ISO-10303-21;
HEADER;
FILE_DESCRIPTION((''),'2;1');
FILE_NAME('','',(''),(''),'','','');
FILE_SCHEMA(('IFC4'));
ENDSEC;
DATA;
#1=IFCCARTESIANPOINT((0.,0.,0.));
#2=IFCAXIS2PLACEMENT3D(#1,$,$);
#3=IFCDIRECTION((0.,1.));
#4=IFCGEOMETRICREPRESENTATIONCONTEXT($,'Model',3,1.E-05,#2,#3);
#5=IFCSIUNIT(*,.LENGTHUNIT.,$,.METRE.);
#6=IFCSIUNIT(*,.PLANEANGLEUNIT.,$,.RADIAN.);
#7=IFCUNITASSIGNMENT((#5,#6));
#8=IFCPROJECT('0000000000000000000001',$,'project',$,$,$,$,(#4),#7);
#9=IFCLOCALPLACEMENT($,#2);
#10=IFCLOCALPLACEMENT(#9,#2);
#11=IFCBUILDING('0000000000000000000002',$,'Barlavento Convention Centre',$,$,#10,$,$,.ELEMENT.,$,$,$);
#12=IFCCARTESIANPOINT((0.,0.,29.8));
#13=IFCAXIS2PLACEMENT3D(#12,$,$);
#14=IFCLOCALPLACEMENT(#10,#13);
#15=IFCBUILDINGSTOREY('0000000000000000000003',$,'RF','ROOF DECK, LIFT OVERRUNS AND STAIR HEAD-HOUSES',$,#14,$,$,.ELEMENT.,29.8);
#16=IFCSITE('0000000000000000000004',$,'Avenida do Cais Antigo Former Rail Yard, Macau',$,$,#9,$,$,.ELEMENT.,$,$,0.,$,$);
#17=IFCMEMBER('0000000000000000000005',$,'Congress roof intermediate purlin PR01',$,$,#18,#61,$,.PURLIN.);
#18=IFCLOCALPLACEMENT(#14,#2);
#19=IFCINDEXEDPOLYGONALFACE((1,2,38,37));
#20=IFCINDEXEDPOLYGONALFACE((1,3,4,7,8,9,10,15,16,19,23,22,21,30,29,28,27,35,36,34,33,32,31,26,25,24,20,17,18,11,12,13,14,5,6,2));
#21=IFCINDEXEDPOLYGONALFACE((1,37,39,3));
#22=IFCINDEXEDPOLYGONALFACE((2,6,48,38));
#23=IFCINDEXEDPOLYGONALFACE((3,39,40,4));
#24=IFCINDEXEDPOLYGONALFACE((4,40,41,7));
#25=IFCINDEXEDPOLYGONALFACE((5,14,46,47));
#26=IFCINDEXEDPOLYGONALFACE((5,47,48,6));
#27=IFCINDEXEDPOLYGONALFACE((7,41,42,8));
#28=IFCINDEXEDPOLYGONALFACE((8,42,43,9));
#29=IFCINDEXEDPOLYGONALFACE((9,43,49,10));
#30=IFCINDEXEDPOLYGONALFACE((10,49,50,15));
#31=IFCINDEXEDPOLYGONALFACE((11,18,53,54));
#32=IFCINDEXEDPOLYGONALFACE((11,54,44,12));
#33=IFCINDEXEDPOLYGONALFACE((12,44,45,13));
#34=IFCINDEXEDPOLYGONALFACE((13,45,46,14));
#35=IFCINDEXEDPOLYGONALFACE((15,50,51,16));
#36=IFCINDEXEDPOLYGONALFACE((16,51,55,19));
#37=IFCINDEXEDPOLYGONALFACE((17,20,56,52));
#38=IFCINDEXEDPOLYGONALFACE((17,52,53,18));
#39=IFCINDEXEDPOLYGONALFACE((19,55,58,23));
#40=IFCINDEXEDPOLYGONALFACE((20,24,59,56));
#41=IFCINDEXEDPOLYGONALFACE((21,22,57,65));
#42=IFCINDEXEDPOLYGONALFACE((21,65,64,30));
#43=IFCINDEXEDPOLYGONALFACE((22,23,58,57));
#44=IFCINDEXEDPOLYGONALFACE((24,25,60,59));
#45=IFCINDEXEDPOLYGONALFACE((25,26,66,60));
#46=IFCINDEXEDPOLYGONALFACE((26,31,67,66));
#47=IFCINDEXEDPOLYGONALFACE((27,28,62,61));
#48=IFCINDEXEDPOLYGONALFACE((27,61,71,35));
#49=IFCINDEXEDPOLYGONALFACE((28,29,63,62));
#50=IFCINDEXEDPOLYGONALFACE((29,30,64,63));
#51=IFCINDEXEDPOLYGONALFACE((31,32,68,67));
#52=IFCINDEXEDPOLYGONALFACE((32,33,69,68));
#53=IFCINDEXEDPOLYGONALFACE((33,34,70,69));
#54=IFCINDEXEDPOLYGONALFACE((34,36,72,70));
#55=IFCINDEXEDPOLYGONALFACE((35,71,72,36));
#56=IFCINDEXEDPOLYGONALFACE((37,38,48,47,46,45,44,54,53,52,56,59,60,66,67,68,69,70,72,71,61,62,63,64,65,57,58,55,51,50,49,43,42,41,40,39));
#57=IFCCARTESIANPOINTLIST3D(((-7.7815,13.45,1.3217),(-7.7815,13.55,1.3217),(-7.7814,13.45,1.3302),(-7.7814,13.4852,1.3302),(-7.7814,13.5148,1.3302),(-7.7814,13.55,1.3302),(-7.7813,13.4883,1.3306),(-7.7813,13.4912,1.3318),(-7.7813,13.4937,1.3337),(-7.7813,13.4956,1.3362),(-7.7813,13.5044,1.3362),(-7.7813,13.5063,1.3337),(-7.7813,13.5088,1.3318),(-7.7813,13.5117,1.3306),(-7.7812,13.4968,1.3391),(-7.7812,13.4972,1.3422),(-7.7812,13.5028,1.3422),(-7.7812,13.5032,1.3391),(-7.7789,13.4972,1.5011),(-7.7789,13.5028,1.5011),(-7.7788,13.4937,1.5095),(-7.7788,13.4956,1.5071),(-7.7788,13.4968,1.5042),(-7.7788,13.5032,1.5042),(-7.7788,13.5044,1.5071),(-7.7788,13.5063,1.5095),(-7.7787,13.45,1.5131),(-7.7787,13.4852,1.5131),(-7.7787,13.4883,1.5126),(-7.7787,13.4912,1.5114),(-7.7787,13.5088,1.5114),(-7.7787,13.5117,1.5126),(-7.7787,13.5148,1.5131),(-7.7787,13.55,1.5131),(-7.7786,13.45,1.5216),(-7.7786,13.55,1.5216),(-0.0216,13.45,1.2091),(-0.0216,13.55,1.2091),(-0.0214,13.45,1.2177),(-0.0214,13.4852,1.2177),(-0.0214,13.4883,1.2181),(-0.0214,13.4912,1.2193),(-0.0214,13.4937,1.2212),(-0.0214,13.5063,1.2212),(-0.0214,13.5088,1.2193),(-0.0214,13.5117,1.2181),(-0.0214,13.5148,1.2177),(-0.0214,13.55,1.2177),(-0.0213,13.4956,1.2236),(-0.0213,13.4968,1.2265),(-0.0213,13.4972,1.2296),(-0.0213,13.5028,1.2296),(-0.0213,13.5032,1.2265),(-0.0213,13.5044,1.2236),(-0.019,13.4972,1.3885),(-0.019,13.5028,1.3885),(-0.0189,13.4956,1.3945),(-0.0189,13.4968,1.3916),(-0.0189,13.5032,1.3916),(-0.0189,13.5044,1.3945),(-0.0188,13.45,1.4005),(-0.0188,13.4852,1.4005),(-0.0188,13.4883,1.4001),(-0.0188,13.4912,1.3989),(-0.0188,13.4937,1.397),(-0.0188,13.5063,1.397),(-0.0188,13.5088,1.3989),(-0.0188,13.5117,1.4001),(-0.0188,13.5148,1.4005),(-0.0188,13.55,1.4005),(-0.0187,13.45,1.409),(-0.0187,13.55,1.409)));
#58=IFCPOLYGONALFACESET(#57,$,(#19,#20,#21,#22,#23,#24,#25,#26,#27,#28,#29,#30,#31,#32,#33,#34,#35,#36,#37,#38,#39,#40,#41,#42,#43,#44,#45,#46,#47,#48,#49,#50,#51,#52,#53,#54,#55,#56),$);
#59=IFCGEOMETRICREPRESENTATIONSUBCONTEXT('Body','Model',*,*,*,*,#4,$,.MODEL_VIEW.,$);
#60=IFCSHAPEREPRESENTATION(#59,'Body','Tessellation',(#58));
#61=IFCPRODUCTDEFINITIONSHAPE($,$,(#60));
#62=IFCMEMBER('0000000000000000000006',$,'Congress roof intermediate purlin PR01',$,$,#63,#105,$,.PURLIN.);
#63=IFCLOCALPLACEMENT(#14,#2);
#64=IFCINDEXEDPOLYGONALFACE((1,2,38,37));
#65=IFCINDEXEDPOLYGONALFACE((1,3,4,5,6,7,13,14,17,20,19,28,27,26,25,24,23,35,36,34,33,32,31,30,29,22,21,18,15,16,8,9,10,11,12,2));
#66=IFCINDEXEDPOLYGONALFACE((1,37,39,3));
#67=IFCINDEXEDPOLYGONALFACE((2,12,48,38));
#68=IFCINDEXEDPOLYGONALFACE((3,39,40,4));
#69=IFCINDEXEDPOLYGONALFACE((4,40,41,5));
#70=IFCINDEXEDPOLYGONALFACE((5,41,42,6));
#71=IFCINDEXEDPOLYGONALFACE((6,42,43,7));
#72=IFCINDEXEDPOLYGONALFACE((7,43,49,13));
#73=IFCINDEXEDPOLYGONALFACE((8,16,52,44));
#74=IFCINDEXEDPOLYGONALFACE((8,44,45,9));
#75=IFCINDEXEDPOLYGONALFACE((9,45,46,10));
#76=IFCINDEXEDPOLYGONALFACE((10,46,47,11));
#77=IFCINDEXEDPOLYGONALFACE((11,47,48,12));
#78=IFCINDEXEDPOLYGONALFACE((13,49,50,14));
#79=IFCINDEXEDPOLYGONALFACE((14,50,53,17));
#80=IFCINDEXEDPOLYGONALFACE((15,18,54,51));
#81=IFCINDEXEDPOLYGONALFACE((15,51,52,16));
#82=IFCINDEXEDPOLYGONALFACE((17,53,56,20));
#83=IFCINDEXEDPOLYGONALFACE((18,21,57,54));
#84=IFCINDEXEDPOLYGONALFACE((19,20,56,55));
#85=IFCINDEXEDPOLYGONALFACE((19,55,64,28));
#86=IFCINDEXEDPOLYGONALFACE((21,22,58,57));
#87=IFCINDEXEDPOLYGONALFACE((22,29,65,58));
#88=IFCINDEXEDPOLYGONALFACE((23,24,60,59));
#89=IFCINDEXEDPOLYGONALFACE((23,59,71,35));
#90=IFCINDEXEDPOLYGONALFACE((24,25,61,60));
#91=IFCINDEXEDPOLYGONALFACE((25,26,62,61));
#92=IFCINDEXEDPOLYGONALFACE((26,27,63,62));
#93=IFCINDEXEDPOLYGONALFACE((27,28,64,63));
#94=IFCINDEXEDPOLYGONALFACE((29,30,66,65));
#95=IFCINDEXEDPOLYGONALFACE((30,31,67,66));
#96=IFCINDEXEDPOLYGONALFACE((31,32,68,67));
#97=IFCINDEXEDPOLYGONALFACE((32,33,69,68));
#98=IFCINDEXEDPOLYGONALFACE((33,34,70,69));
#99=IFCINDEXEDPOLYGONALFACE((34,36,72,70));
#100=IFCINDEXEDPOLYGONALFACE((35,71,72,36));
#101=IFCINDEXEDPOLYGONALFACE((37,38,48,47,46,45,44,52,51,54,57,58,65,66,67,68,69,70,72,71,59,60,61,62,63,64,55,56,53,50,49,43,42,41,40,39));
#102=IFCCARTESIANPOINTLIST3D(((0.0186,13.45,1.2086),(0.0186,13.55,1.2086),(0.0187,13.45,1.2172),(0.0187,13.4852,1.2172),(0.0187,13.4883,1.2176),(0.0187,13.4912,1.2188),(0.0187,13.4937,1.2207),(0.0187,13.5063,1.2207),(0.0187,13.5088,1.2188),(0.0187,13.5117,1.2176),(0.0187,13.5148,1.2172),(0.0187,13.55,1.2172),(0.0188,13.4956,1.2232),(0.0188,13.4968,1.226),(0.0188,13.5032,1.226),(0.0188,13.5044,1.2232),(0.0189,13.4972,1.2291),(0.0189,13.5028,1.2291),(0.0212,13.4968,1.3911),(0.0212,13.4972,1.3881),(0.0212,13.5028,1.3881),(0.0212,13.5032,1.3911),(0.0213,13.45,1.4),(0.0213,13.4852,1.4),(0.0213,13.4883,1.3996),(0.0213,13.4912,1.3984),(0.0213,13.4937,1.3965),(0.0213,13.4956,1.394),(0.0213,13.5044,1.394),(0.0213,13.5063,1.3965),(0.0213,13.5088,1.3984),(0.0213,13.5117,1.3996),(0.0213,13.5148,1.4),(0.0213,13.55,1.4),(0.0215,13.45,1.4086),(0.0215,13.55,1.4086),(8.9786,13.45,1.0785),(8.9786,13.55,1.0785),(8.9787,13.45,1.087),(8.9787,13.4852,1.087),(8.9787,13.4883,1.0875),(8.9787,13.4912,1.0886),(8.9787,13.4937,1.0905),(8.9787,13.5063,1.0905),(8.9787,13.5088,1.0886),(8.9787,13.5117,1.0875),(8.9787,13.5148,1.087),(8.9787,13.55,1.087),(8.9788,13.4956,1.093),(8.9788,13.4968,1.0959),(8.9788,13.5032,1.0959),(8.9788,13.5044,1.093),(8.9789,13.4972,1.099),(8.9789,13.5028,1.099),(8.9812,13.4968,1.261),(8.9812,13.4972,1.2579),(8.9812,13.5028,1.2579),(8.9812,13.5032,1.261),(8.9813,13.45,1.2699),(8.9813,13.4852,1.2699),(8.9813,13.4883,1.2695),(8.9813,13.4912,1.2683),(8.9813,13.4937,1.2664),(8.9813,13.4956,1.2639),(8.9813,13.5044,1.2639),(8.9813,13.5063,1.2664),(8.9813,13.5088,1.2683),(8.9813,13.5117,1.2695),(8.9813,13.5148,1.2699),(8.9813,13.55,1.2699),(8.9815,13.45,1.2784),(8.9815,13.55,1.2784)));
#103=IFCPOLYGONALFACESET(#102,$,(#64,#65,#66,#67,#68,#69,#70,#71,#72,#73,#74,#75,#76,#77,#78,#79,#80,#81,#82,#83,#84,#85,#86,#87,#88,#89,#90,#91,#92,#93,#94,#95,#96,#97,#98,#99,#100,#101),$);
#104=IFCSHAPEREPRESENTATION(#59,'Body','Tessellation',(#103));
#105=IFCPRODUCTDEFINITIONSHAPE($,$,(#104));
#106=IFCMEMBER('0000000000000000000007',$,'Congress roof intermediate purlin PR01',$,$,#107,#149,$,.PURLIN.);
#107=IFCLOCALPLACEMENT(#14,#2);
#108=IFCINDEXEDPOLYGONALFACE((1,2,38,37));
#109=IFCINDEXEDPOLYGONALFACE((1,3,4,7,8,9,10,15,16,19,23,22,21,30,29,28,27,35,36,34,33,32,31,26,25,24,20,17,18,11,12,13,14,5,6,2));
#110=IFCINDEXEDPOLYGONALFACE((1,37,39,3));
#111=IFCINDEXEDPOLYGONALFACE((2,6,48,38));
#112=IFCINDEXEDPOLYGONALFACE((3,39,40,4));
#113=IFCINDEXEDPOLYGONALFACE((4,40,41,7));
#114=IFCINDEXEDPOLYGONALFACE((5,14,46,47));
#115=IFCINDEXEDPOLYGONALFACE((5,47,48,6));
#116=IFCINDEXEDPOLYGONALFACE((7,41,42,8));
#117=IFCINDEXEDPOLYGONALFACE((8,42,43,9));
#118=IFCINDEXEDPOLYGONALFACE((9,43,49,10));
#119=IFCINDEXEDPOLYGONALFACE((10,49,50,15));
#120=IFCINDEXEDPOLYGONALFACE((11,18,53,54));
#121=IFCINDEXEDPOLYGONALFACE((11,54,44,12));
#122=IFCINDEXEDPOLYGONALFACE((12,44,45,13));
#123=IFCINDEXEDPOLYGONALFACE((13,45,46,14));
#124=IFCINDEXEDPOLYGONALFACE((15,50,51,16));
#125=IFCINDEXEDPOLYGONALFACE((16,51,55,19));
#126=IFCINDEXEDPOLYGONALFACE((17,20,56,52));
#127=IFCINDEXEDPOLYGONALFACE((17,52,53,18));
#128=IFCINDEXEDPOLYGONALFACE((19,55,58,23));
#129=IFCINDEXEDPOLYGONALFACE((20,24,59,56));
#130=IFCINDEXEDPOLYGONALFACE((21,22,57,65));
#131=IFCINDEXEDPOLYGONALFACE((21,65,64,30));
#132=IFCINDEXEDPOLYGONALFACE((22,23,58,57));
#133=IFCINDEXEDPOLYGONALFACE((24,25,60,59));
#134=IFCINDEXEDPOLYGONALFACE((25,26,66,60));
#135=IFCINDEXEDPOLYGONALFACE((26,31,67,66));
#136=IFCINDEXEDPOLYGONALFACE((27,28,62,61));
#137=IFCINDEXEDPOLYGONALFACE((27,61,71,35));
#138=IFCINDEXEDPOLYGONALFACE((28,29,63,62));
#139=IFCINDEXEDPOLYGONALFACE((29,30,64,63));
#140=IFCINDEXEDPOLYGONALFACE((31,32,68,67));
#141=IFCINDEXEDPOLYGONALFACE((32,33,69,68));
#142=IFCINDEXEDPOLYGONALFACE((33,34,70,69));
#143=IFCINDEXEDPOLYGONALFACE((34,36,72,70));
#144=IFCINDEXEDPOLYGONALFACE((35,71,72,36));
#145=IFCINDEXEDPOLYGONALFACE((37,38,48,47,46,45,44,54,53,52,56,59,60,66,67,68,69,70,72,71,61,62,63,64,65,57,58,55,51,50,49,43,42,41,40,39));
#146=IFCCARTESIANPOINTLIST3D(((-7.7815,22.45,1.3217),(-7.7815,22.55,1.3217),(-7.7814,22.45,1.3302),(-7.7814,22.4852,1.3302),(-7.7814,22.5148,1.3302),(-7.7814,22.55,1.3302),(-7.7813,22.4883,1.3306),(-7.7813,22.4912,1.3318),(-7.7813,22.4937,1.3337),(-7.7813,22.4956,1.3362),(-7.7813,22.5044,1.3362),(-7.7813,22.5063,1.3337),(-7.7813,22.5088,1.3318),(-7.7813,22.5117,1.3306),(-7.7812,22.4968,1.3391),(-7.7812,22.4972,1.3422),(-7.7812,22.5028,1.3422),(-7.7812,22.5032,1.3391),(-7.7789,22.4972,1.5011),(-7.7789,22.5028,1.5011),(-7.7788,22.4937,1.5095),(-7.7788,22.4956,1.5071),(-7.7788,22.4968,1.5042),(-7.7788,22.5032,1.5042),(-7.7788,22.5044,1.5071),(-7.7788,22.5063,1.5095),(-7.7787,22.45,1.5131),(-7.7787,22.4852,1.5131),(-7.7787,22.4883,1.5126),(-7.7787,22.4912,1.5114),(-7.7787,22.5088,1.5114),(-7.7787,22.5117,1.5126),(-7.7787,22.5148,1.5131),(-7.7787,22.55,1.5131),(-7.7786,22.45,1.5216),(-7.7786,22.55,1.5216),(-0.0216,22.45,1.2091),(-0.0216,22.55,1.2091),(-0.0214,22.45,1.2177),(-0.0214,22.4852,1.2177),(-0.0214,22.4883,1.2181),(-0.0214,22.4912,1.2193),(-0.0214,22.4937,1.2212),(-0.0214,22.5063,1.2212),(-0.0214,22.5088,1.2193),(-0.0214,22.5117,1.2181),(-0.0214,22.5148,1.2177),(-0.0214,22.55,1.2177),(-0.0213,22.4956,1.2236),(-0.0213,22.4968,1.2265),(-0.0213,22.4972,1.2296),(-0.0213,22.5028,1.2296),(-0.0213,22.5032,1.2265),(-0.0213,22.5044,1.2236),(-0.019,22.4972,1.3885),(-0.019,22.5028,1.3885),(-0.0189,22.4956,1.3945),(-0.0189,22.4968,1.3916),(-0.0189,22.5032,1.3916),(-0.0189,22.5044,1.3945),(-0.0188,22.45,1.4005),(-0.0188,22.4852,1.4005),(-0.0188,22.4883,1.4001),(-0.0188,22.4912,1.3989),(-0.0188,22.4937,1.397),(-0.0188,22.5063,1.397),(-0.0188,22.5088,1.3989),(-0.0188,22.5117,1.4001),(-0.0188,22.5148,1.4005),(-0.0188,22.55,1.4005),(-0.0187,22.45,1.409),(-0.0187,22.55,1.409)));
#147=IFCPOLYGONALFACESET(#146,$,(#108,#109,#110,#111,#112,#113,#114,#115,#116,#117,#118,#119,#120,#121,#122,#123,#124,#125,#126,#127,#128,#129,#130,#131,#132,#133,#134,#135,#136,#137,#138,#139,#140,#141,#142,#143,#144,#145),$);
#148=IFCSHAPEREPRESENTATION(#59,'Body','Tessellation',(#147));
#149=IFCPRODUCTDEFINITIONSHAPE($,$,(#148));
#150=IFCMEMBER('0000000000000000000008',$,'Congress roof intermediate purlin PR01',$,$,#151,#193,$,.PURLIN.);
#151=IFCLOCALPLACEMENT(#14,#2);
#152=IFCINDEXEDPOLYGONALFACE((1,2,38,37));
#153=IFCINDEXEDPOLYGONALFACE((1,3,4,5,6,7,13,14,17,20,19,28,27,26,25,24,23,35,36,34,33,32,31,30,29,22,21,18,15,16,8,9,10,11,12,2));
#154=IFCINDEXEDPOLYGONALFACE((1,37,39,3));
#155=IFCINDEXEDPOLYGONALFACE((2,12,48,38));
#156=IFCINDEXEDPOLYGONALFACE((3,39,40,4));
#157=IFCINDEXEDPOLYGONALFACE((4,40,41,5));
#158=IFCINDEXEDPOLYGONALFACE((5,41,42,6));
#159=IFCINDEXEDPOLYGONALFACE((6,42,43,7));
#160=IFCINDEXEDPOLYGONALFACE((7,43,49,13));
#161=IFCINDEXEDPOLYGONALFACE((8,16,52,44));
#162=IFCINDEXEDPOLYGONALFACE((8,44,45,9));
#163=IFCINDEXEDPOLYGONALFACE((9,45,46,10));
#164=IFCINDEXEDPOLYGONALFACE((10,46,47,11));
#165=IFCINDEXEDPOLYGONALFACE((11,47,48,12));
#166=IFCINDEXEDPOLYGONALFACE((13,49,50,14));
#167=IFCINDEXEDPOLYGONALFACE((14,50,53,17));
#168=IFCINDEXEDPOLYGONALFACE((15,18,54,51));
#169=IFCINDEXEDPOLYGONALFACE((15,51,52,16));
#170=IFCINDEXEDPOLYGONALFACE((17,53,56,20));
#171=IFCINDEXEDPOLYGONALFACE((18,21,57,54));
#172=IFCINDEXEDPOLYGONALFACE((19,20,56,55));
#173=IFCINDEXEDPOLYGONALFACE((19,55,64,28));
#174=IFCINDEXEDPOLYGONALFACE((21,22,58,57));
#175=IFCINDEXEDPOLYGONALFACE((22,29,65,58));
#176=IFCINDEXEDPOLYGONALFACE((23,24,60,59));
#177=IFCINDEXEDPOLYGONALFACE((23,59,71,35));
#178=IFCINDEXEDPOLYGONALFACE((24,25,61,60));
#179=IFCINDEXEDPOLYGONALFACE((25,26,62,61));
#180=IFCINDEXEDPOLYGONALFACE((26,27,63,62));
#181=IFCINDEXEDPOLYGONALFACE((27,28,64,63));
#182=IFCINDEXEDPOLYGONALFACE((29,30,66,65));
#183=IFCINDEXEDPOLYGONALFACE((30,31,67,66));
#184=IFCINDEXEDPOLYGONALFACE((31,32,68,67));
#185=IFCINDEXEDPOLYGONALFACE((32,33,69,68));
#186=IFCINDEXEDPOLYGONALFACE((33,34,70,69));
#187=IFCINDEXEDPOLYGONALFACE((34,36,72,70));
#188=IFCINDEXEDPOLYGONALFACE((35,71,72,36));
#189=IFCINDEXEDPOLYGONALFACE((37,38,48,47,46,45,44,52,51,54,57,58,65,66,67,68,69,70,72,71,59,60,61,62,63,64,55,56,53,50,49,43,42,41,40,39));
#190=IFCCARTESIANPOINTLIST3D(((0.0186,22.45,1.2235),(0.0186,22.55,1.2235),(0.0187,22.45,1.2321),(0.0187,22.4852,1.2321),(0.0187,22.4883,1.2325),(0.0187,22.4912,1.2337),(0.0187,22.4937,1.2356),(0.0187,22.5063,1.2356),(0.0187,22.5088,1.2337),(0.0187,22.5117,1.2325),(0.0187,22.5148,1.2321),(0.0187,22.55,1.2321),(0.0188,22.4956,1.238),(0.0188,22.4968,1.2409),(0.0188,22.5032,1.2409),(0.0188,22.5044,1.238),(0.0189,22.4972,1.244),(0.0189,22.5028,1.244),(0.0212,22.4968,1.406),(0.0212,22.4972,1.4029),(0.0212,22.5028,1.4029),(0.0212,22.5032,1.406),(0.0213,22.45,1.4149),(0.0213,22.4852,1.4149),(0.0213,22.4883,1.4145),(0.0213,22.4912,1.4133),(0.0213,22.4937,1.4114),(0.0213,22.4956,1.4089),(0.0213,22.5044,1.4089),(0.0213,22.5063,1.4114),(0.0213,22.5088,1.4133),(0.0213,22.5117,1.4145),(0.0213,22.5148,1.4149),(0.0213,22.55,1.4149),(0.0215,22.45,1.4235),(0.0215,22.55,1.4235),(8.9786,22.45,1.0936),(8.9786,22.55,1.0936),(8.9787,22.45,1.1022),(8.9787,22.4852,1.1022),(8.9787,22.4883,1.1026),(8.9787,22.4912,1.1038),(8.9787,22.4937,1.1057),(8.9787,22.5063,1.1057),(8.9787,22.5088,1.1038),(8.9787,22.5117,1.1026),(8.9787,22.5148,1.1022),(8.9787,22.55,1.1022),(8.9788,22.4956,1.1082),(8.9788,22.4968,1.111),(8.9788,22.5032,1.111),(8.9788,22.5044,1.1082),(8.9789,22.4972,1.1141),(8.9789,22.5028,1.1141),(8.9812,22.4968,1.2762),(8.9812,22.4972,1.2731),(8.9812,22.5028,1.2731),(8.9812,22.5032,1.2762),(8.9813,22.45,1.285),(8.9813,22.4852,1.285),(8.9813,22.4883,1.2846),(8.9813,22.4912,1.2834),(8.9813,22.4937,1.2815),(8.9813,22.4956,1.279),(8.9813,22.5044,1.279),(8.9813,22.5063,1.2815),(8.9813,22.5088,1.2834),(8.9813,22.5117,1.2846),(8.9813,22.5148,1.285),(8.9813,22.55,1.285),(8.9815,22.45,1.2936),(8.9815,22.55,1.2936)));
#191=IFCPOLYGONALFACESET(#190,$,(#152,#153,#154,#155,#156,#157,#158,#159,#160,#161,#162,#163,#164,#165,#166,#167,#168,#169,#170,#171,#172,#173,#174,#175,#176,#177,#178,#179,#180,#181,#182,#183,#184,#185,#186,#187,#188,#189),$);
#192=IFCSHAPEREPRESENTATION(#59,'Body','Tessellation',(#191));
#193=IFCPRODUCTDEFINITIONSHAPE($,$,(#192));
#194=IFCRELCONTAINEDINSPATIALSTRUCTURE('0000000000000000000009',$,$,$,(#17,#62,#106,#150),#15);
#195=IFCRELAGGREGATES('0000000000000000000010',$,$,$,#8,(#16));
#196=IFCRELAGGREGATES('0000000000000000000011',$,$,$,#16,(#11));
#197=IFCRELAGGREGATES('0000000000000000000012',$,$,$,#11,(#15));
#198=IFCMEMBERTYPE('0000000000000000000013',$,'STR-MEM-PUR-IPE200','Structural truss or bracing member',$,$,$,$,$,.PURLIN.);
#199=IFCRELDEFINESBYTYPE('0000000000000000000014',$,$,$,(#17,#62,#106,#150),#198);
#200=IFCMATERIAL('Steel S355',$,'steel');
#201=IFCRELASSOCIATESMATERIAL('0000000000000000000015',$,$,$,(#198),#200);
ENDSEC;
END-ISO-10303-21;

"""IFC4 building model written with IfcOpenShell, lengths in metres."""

from ifc_helpers import new_model, si_unit, direction, frame, origin, origin_2d, place, context, subcontext, project, spatial, i_section, extrude, material, material_profile, profile_set, type_object, element, save


model = new_model("IFC4")

# Units and contexts
model_context = context("Model", 3, precision=1e-05, world=origin(), true_north=direction((0.0, 1.0)))
body_context = subcontext(model_context, "Body", "Model", "MODEL_VIEW")
ifc_project = project(units=[si_unit("LENGTHUNIT", "METRE"), si_unit("PLANEANGLEUNIT", "RADIAN")], contexts=[model_context])

# Site, building, storey
site_placement = place(None, origin())
site = spatial("IfcSite", under=ifc_project, at=site_placement, Name="Avenida do Cais Antigo Former Rail Yard, Macau", CompositionType="ELEMENT", RefElevation=0.0)
building_placement = place(site_placement, origin())
building = spatial("IfcBuilding", under=site, at=building_placement, Name="Barlavento Convention Centre", CompositionType="ELEMENT")
storey_placement = place(building_placement, frame((0.0, 0.0, 29.8)))
storey = spatial("IfcBuildingStorey", under=building, at=storey_placement, Name="RF", Description="ROOF DECK, LIFT OVERRUNS AND STAIR HEAD-HOUSES", CompositionType="ELEMENT", Elevation=29.8)

# Shared definitions
ifc_material_1 = material(Name="Steel S355", Category="steel")

# Members
ifc_material_profile_1 = material_profile(ifc_material_1, i_section(OverallWidth=0.1001, OverallDepth=0.2, WebThickness=0.0056, FlangeThickness=0.0085, FilletRadius=0.012, at=origin_2d()), Name="IPE 200")
ifc_profile_set_1 = profile_set([ifc_material_profile_1], Name="Steel S355")
member_type_1 = type_object("IfcMemberType", Name="STR-MEM-PUR-IPE200", Description="Structural truss or bracing member", PredefinedType="PURLIN", material=ifc_profile_set_1)
member_1_placement = place(storey_placement, frame((-7.78, 13.5, 1.4216), z_axis=(0.999895, 0.0, -0.014502), x_axis=(0.0, 1.0, 0.0)))
element("IfcMember", 1, at=member_1_placement, inside=storey, type_object=member_type_1, Name="Congress roof intermediate purlin PR01", PredefinedType="PURLIN", context=body_context, shape_type="SweptSolid", body=[
    extrude(i_section(OverallWidth=0.1001, OverallDepth=0.2, WebThickness=0.0056, FlangeThickness=0.0085, FilletRadius=0.012, at=origin_2d()), origin(), (0.0, 0.0, 1.0), 7.7607),
])
member_2_placement = place(storey_placement, frame((0.02, 13.5, 1.3086), z_axis=(0.999895, 0.0, -0.014522), x_axis=(0.0, 1.0, 0.0)))
element("IfcMember", 2, at=member_2_placement, inside=storey, type_object=member_type_1, Name="Congress roof intermediate purlin PR01", PredefinedType="PURLIN", context=body_context, shape_type="SweptSolid", body=[
    extrude(i_section(OverallWidth=0.1001, OverallDepth=0.2, WebThickness=0.0056, FlangeThickness=0.0085, FilletRadius=0.012, at=origin_2d()), origin(), (0.0, 0.0, 1.0), 8.9609),
])
member_3_placement = place(storey_placement, frame((-7.78, 22.5, 1.4216), z_axis=(0.999895, 0.0, -0.014502), x_axis=(0.0, 1.0, 0.0)))
element("IfcMember", 3, at=member_3_placement, inside=storey, type_object=member_type_1, Name="Congress roof intermediate purlin PR01", PredefinedType="PURLIN", context=body_context, shape_type="SweptSolid", body=[
    extrude(i_section(OverallWidth=0.1001, OverallDepth=0.2, WebThickness=0.0056, FlangeThickness=0.0085, FilletRadius=0.012, at=origin_2d()), origin(), (0.0, 0.0, 1.0), 7.7607),
])
member_4_placement = place(storey_placement, frame((0.02, 22.5, 1.3235), z_axis=(0.999895, 0.0, -0.014494), x_axis=(0.0, 1.0, 0.0)))
element("IfcMember", 4, at=member_4_placement, inside=storey, type_object=member_type_1, Name="Congress roof intermediate purlin PR01", PredefinedType="PURLIN", context=body_context, shape_type="SweptSolid", body=[
    extrude(i_section(OverallWidth=0.1001, OverallDepth=0.2, WebThickness=0.0056, FlangeThickness=0.0085, FilletRadius=0.012, at=origin_2d()), origin(), (0.0, 0.0, 1.0), 8.9609),
])

save(model, "model.ifc")
